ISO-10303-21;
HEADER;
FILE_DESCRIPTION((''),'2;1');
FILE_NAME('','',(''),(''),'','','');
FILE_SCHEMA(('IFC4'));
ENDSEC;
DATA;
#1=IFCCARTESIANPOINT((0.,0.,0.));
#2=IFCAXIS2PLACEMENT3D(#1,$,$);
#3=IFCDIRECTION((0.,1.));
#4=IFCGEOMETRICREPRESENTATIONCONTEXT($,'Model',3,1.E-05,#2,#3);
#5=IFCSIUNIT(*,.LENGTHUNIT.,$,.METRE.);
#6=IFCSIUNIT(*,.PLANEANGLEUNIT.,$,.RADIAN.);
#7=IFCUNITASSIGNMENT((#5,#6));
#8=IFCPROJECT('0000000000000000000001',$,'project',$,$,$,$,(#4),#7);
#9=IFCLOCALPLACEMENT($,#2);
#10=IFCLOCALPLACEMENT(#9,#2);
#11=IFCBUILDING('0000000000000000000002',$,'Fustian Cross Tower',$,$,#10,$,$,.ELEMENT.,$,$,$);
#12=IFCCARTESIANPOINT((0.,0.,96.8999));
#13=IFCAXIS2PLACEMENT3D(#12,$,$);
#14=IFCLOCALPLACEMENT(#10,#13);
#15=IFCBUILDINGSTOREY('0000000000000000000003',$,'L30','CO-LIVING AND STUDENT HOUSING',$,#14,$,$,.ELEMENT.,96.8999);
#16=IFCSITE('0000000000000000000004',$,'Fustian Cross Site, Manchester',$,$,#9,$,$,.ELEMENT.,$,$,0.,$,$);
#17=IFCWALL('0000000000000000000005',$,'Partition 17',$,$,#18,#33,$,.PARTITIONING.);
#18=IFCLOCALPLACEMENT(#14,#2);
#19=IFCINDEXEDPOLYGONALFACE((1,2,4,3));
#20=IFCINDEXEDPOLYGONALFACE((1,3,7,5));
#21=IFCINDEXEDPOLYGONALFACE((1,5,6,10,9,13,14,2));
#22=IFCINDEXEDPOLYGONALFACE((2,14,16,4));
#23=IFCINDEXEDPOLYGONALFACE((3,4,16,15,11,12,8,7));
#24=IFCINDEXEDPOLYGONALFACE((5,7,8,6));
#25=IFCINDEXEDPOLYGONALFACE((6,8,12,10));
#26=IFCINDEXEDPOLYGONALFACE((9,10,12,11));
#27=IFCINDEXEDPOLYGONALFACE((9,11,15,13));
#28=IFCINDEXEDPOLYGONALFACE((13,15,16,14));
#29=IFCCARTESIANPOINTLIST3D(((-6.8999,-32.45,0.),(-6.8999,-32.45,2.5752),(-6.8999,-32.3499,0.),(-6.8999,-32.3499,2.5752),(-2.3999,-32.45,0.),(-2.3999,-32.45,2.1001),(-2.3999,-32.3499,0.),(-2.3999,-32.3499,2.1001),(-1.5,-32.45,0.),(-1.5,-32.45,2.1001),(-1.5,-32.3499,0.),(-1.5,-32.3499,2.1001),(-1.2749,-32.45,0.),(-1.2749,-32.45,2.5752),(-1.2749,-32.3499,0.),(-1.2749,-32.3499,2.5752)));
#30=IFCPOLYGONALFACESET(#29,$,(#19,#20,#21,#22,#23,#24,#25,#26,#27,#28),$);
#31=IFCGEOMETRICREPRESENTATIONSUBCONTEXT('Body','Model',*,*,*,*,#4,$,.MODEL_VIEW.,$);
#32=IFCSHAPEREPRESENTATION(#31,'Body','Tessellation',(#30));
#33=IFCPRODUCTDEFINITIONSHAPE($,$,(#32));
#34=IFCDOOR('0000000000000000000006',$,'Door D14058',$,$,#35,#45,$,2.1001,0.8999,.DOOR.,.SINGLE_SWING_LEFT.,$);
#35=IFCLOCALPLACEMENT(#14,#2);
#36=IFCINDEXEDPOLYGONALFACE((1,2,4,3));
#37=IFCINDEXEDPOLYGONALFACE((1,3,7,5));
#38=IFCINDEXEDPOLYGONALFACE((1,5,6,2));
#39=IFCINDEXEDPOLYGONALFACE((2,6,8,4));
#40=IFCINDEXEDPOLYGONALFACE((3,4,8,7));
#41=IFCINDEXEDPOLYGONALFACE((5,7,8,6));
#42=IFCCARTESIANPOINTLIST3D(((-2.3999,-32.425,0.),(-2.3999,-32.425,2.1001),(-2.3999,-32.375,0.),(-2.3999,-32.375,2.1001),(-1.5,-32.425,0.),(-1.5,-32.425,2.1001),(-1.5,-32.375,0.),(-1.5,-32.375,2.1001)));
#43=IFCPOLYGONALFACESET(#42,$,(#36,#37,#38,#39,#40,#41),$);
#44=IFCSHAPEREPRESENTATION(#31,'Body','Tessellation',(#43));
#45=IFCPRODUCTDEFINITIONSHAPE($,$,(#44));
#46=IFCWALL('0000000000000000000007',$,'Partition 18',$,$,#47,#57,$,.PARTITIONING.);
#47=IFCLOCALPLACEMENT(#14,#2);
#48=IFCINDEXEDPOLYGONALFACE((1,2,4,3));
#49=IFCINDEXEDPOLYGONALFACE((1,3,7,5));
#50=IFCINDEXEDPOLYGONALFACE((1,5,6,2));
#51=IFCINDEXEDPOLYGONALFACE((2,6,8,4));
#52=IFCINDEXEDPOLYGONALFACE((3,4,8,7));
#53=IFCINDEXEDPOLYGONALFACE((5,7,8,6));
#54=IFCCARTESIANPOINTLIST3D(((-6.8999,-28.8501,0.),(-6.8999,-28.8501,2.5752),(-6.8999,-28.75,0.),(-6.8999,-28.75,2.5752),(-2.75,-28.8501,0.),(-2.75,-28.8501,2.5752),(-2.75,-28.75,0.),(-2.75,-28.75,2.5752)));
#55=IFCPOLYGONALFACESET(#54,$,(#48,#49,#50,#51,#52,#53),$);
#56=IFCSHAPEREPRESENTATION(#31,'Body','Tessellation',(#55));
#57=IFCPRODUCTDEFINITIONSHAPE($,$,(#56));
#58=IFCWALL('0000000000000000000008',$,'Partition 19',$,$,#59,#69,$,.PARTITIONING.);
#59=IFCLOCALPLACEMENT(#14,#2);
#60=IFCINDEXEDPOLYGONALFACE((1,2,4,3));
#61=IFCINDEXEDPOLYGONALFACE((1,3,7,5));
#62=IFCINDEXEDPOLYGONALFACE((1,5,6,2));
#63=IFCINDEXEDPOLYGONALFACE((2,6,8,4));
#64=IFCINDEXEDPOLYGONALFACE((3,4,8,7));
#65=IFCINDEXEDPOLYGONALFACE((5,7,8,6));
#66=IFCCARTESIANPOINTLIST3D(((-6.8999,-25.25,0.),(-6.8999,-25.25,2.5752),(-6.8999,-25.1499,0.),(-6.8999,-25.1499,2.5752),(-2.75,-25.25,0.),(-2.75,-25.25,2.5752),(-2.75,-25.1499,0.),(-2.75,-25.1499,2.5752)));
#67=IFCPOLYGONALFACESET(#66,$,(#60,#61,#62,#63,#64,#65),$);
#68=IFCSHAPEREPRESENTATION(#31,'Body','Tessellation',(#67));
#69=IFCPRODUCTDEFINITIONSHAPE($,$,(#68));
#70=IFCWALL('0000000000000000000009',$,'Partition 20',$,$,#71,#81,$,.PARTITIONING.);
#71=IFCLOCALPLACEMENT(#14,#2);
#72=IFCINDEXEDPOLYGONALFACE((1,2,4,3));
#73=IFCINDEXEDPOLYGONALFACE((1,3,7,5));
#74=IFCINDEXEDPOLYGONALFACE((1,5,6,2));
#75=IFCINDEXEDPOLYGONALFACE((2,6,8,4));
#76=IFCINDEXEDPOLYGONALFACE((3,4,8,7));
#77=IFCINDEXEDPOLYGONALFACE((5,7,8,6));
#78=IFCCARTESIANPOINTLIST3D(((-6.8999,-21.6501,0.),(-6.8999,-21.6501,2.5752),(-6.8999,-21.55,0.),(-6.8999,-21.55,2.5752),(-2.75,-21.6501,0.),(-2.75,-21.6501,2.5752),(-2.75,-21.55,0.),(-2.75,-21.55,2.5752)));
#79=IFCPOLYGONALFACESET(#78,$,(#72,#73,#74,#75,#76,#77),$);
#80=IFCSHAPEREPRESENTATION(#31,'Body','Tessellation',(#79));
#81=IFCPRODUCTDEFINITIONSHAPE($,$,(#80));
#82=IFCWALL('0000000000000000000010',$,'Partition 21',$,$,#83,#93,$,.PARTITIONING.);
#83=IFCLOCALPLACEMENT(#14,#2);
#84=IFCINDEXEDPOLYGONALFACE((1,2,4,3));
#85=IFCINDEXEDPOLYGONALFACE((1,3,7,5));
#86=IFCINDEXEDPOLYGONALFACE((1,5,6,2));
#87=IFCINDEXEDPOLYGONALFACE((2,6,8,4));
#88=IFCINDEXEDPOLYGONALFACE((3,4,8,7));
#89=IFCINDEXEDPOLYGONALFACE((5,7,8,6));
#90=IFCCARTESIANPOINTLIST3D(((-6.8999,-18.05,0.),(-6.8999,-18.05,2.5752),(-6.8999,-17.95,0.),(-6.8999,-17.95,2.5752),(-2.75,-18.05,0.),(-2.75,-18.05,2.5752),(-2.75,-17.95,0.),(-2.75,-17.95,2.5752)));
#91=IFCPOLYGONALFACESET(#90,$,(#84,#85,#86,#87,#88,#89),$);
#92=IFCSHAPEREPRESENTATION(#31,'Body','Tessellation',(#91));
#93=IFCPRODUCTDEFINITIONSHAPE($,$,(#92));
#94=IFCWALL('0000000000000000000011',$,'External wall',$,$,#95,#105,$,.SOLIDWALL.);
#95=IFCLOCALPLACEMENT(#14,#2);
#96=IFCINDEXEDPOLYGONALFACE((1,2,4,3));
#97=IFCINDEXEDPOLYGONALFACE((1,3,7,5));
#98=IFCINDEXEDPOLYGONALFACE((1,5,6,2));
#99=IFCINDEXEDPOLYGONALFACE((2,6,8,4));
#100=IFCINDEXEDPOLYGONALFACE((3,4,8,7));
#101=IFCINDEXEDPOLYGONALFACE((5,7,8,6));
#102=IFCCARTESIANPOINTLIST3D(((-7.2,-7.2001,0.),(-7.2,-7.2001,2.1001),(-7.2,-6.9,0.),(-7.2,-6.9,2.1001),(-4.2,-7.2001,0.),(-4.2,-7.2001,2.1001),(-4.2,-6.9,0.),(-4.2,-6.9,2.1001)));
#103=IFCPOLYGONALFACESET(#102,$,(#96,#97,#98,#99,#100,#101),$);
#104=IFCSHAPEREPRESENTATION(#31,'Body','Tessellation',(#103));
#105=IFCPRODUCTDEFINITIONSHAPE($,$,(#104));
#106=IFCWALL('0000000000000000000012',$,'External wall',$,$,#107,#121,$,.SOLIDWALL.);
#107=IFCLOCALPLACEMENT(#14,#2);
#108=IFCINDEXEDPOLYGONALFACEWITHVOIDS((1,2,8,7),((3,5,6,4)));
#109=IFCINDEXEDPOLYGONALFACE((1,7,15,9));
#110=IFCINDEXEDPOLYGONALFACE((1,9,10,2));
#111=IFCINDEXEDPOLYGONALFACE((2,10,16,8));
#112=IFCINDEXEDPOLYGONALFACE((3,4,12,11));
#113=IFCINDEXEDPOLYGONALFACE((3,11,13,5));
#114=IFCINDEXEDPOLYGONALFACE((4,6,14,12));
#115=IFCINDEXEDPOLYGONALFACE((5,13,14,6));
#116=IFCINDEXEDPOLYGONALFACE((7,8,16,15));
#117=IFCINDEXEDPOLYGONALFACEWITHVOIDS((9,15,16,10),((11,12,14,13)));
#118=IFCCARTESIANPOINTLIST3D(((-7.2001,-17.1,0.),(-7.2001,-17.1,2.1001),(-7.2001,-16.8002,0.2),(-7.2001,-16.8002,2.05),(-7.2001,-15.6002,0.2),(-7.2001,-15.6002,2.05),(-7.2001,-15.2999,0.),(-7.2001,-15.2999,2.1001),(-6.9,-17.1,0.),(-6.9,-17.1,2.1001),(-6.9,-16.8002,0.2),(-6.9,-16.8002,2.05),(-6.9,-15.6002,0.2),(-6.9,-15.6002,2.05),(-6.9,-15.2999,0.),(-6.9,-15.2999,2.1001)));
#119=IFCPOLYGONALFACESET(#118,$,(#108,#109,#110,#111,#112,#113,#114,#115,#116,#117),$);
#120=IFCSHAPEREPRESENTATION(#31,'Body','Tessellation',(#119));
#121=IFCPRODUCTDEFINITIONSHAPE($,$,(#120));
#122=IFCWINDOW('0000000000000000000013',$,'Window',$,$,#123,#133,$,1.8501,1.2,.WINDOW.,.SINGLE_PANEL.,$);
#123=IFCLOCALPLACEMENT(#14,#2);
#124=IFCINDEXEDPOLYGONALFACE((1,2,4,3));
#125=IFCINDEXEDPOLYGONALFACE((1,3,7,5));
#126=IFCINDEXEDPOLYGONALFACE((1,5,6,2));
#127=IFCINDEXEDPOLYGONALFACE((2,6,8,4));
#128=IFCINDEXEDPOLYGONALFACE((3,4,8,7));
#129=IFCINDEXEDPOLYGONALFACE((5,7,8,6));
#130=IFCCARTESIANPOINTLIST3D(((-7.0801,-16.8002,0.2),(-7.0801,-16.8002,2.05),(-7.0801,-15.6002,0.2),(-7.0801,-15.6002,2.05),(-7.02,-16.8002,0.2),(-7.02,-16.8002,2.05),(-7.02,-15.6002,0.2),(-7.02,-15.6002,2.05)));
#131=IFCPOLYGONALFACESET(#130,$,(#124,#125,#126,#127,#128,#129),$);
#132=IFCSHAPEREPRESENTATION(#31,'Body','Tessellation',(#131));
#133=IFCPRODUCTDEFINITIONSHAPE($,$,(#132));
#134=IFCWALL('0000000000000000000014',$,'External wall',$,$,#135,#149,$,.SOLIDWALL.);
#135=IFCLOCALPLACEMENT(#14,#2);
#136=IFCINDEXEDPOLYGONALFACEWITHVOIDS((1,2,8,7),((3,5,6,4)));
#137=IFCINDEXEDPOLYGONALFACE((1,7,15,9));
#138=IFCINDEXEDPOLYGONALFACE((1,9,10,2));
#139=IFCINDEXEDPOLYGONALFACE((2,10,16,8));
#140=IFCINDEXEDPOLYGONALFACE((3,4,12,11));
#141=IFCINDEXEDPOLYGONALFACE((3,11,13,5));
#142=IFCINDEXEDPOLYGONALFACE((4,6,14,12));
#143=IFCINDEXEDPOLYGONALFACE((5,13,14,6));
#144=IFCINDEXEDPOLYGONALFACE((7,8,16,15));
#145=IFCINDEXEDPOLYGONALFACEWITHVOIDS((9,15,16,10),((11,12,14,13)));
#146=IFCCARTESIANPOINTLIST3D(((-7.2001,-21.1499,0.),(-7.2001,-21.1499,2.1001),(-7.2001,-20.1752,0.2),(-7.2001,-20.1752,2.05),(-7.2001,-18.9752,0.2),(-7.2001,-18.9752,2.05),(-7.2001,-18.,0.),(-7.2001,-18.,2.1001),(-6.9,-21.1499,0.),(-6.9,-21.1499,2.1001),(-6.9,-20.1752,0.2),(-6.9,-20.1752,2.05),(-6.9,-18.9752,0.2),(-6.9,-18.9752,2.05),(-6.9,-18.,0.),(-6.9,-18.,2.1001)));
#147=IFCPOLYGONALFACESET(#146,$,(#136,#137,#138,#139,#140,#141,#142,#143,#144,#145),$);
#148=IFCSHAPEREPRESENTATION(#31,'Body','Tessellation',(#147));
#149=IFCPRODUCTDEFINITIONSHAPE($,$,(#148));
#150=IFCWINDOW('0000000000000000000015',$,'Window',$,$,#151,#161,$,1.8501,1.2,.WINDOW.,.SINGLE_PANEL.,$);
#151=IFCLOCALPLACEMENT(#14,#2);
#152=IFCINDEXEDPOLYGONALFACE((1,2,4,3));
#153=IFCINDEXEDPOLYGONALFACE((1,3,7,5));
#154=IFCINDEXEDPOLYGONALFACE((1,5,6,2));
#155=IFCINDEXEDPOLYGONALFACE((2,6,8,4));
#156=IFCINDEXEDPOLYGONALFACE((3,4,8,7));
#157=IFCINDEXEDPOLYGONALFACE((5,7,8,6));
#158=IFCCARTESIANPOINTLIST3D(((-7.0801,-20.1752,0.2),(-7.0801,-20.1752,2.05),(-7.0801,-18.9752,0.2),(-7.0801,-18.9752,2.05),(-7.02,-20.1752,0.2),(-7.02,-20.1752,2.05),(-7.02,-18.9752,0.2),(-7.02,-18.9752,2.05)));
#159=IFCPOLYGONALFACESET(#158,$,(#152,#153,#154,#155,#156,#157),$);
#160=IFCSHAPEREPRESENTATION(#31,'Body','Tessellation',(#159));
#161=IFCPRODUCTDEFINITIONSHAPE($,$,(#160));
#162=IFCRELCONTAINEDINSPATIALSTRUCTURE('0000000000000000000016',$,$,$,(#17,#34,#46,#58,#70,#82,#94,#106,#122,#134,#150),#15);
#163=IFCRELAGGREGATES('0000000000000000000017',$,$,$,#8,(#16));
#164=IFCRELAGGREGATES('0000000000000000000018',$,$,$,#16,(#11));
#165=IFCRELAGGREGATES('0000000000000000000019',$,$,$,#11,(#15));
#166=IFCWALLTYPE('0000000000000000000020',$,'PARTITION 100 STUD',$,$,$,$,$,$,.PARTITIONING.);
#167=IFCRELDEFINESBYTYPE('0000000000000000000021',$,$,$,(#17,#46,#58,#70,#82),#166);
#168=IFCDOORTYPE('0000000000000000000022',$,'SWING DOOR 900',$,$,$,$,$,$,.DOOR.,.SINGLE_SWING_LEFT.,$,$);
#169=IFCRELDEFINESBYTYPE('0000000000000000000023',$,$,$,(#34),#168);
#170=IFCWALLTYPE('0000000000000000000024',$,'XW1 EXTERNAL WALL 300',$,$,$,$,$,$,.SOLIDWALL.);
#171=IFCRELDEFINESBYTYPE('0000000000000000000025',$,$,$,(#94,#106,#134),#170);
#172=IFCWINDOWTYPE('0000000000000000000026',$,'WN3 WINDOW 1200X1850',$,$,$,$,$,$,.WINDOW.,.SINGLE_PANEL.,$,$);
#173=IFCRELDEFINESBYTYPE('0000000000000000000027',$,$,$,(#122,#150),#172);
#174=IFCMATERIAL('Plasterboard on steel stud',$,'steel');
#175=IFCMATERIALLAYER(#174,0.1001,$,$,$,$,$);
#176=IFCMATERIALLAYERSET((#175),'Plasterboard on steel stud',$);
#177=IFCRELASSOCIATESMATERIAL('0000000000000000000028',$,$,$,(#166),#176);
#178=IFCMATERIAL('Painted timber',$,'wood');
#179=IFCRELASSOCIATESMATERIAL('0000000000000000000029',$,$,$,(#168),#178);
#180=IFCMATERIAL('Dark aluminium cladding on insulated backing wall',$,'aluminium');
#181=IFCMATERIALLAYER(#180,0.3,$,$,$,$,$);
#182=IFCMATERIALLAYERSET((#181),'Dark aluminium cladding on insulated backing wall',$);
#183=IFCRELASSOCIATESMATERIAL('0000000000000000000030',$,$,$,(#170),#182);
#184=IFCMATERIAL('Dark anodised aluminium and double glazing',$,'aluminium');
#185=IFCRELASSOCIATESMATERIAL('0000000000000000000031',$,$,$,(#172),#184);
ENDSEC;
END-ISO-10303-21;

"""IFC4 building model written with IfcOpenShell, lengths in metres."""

from ifc_helpers import new_model, si_unit, direction, frame, frame_2d, origin, place, context, subcontext, project, spatial, rectangle, extrude, material, layer, layer_set, type_object, element, fill, save


model = new_model("IFC4")

# Units and contexts
model_context = context("Model", 3, precision=1e-05, world=origin(), true_north=direction((0.0, 1.0)))
body_context = subcontext(model_context, "Body", "Model", "MODEL_VIEW")
ifc_project = project(units=[si_unit("LENGTHUNIT", "METRE"), si_unit("PLANEANGLEUNIT", "RADIAN")], contexts=[model_context])

# Site, building, storey
site_placement = place(None, origin())
site = spatial("IfcSite", under=ifc_project, at=site_placement, Name="Fustian Cross Site, Manchester", CompositionType="ELEMENT", RefElevation=0.0)
building_placement = place(site_placement, origin())
building = spatial("IfcBuilding", under=site, at=building_placement, Name="Fustian Cross Tower", CompositionType="ELEMENT")
storey_placement = place(building_placement, frame((0.0, 0.0, 96.8999)))
storey = spatial("IfcBuildingStorey", under=building, at=storey_placement, Name="L30", Description="CO-LIVING AND STUDENT HOUSING", CompositionType="ELEMENT", Elevation=96.8999)

# Shared definitions
ifc_material_1 = material(Name="Plasterboard on steel stud", Category="steel")
ifc_layer_1 = layer(ifc_material_1, 0.1001)
ifc_layer_set_1 = layer_set([ifc_layer_1], Name="Plasterboard on steel stud")
wall_type_1 = type_object("IfcWallType", Name="PARTITION 100 STUD", PredefinedType="PARTITIONING", material=ifc_layer_set_1)

# Wall, opening, door
wall_1_placement = place(storey_placement, frame((-6.8999, -32.3999, 0.0), z_axis=(0.0, 0.0, 1.0), x_axis=(1.0, 0.0, 0.0)))
wall_1 = element("IfcWall", 1, at=wall_1_placement, inside=storey, type_object=wall_type_1, Name="Partition 17", PredefinedType="PARTITIONING", context=body_context, shape_type="SweptSolid", body=[
    extrude(rectangle(XDim=5.625, YDim=0.1001, at=frame_2d((2.8125, 0.0))), origin(), (0.0, 0.0, 1.0), 2.5752),
])
opening_1_placement = place(wall_1_placement, frame((4.5, 0.0, 0.0)))
opening_1 = element("IfcOpeningElement", 2, at=opening_1_placement, cuts=wall_1, PredefinedType="OPENING", context=body_context, shape_type="SweptSolid", body=[
    extrude(rectangle(XDim=0.8999, YDim=2.1001, at=frame_2d((0.45, 1.05))), frame((0.0, 0.0601, 0.0), z_axis=(0.0, -1.0, 0.0), x_axis=(1.0, 0.0, 0.0)), (0.0, 0.0, 1.0), 0.1201),
])
ifc_material_2 = material(Name="Painted timber", Category="wood")
door_type_1 = type_object("IfcDoorType", Name="SWING DOOR 900", OperationType="SINGLE_SWING_LEFT", PredefinedType="DOOR", material=ifc_material_2)
door_1_placement = place(opening_1_placement, origin())
door_1 = element("IfcDoor", 3, at=door_1_placement, inside=storey, type_object=door_type_1, Name="Door D14058", OperationType="SINGLE_SWING_LEFT", OverallHeight=2.1001, OverallWidth=0.8999, PredefinedType="DOOR", context=body_context, shape_type="SweptSolid", body=[
    extrude(rectangle(XDim=0.8999, YDim=2.1001, at=frame_2d((0.45, 1.05))), frame((0.0, 0.0249, 0.0), z_axis=(0.0, -1.0, 0.0), x_axis=(1.0, 0.0, 0.0)), (0.0, 0.0, 1.0), 0.05),
])
fill(opening_1, door_1)

# Walls
for number, where, z_axis, x_axis, name in (
    (4, (-6.8999, -28.8, 0.0), (0.0, 0.0, 1.0), (1.0, 0.0, 0.0), "Partition 18"),
    (5, (-6.8999, -25.2, 0.0), (0.0, 0.0, 1.0), (1.0, 0.0, 0.0), "Partition 19"),
    (6, (-6.8999, -21.6001, 0.0), (0.0, 0.0, 1.0), (1.0, 0.0, 0.0), "Partition 20"),
    (7, (-6.8999, -18.0, 0.0), (0.0, 0.0, 1.0), (1.0, 0.0, 0.0), "Partition 21"),
):
    element("IfcWall", number, at=place(storey_placement, frame(where, z_axis=z_axis, x_axis=x_axis)), inside=storey, type_object=wall_type_1, Name=name, PredefinedType="PARTITIONING", context=body_context, shape_type="SweptSolid", body=[
        extrude(rectangle(XDim=4.1499, YDim=0.1001, at=frame_2d((2.075, 0.0))), origin(), (0.0, 0.0, 1.0), 2.5752),
    ])
ifc_material_3 = material(Name="Dark aluminium cladding on insulated backing wall", Category="aluminium")
ifc_layer_2 = layer(ifc_material_3, 0.3)
ifc_layer_set_2 = layer_set([ifc_layer_2], Name="Dark aluminium cladding on insulated backing wall")
wall_type_2 = type_object("IfcWallType", Name="XW1 EXTERNAL WALL 300", PredefinedType="SOLIDWALL", material=ifc_layer_set_2)
wall_2_placement = place(storey_placement, frame((-7.2, -7.05, 0.0), z_axis=(0.0, 0.0, 1.0), x_axis=(1.0, 0.0, 0.0)))
element("IfcWall", 8, at=wall_2_placement, inside=storey, type_object=wall_type_2, Name="External wall", PredefinedType="SOLIDWALL", context=body_context, shape_type="SweptSolid", body=[
    extrude(rectangle(XDim=3.0, YDim=0.3, at=frame_2d((1.5, 0.0))), origin(), (0.0, 0.0, 1.0), 2.1001),
])

# Walls, openings, windows
wall_3_placement = place(storey_placement, frame((-7.05, -15.3, 0.0), z_axis=(0.0, 0.0, 1.0), x_axis=(0.0, -1.0, 0.0)))
wall_3 = element("IfcWall", 9, at=wall_3_placement, inside=storey, type_object=wall_type_2, Name="External wall", PredefinedType="SOLIDWALL", context=body_context, shape_type="SweptSolid", body=[
    extrude(rectangle(XDim=1.8, YDim=0.3, at=frame_2d((0.8999, 0.0))), origin(), (0.0, 0.0, 1.0), 2.1001),
])
opening_2_placement = place(wall_3_placement, frame((0.3, 0.0, 0.2)))
opening_2 = element("IfcOpeningElement", 10, at=opening_2_placement, cuts=wall_3, PredefinedType="OPENING", context=body_context, shape_type="SweptSolid", body=[
    extrude(rectangle(XDim=1.2, YDim=1.8501, at=frame_2d((0.6001, 0.925))), frame((0.0, 0.1599, 0.0), z_axis=(0.0, -1.0, 0.0), x_axis=(1.0, 0.0, 0.0)), (0.0, 0.0, 1.0), 0.3201),
])
ifc_material_4 = material(Name="Dark anodised aluminium and double glazing", Category="aluminium")
window_type_1 = type_object("IfcWindowType", Name="WN3 WINDOW 1200X1850", PartitioningType="SINGLE_PANEL", PredefinedType="WINDOW", material=ifc_material_4)
window_1_placement = place(opening_2_placement, origin())
window_1 = element("IfcWindow", 11, at=window_1_placement, inside=storey, type_object=window_type_1, Name="Window", OverallHeight=1.8501, OverallWidth=1.2, PartitioningType="SINGLE_PANEL", PredefinedType="WINDOW", context=body_context, shape_type="SweptSolid", body=[
    extrude(rectangle(XDim=1.2, YDim=1.8501, at=frame_2d((0.6001, 0.925))), frame((0.0, 0.03, 0.0), z_axis=(0.0, -1.0, 0.0), x_axis=(1.0, 0.0, 0.0)), (0.0, 0.0, 1.0), 0.0601),
])
fill(opening_2, window_1)
wall_4_placement = place(storey_placement, frame((-7.05, -18.0, 0.0), z_axis=(0.0, 0.0, 1.0), x_axis=(0.0, -1.0, 0.0)))
wall_4 = element("IfcWall", 12, at=wall_4_placement, inside=storey, type_object=wall_type_2, Name="External wall", PredefinedType="SOLIDWALL", context=body_context, shape_type="SweptSolid", body=[
    extrude(rectangle(XDim=3.1499, YDim=0.3, at=frame_2d((1.575, 0.0))), origin(), (0.0, 0.0, 1.0), 2.1001),
])
opening_3_placement = place(wall_4_placement, frame((0.9751, 0.0, 0.2)))
opening_3 = element("IfcOpeningElement", 13, at=opening_3_placement, cuts=wall_4, PredefinedType="OPENING", context=body_context, shape_type="SweptSolid", body=[
    extrude(rectangle(XDim=1.2, YDim=1.8501, at=frame_2d((0.6001, 0.925))), frame((0.0, 0.1599, 0.0), z_axis=(0.0, -1.0, 0.0), x_axis=(1.0, 0.0, 0.0)), (0.0, 0.0, 1.0), 0.3201),
])
window_2_placement = place(opening_3_placement, origin())
window_2 = element("IfcWindow", 14, at=window_2_placement, inside=storey, type_object=window_type_1, Name="Window", OverallHeight=1.8501, OverallWidth=1.2, PartitioningType="SINGLE_PANEL", PredefinedType="WINDOW", context=body_context, shape_type="SweptSolid", body=[
    extrude(rectangle(XDim=1.2, YDim=1.8501, at=frame_2d((0.6001, 0.925))), frame((0.0, 0.03, 0.0), z_axis=(0.0, -1.0, 0.0), x_axis=(1.0, 0.0, 0.0)), (0.0, 0.0, 1.0), 0.0601),
])
fill(opening_3, window_2)

save(model, "model.ifc")
